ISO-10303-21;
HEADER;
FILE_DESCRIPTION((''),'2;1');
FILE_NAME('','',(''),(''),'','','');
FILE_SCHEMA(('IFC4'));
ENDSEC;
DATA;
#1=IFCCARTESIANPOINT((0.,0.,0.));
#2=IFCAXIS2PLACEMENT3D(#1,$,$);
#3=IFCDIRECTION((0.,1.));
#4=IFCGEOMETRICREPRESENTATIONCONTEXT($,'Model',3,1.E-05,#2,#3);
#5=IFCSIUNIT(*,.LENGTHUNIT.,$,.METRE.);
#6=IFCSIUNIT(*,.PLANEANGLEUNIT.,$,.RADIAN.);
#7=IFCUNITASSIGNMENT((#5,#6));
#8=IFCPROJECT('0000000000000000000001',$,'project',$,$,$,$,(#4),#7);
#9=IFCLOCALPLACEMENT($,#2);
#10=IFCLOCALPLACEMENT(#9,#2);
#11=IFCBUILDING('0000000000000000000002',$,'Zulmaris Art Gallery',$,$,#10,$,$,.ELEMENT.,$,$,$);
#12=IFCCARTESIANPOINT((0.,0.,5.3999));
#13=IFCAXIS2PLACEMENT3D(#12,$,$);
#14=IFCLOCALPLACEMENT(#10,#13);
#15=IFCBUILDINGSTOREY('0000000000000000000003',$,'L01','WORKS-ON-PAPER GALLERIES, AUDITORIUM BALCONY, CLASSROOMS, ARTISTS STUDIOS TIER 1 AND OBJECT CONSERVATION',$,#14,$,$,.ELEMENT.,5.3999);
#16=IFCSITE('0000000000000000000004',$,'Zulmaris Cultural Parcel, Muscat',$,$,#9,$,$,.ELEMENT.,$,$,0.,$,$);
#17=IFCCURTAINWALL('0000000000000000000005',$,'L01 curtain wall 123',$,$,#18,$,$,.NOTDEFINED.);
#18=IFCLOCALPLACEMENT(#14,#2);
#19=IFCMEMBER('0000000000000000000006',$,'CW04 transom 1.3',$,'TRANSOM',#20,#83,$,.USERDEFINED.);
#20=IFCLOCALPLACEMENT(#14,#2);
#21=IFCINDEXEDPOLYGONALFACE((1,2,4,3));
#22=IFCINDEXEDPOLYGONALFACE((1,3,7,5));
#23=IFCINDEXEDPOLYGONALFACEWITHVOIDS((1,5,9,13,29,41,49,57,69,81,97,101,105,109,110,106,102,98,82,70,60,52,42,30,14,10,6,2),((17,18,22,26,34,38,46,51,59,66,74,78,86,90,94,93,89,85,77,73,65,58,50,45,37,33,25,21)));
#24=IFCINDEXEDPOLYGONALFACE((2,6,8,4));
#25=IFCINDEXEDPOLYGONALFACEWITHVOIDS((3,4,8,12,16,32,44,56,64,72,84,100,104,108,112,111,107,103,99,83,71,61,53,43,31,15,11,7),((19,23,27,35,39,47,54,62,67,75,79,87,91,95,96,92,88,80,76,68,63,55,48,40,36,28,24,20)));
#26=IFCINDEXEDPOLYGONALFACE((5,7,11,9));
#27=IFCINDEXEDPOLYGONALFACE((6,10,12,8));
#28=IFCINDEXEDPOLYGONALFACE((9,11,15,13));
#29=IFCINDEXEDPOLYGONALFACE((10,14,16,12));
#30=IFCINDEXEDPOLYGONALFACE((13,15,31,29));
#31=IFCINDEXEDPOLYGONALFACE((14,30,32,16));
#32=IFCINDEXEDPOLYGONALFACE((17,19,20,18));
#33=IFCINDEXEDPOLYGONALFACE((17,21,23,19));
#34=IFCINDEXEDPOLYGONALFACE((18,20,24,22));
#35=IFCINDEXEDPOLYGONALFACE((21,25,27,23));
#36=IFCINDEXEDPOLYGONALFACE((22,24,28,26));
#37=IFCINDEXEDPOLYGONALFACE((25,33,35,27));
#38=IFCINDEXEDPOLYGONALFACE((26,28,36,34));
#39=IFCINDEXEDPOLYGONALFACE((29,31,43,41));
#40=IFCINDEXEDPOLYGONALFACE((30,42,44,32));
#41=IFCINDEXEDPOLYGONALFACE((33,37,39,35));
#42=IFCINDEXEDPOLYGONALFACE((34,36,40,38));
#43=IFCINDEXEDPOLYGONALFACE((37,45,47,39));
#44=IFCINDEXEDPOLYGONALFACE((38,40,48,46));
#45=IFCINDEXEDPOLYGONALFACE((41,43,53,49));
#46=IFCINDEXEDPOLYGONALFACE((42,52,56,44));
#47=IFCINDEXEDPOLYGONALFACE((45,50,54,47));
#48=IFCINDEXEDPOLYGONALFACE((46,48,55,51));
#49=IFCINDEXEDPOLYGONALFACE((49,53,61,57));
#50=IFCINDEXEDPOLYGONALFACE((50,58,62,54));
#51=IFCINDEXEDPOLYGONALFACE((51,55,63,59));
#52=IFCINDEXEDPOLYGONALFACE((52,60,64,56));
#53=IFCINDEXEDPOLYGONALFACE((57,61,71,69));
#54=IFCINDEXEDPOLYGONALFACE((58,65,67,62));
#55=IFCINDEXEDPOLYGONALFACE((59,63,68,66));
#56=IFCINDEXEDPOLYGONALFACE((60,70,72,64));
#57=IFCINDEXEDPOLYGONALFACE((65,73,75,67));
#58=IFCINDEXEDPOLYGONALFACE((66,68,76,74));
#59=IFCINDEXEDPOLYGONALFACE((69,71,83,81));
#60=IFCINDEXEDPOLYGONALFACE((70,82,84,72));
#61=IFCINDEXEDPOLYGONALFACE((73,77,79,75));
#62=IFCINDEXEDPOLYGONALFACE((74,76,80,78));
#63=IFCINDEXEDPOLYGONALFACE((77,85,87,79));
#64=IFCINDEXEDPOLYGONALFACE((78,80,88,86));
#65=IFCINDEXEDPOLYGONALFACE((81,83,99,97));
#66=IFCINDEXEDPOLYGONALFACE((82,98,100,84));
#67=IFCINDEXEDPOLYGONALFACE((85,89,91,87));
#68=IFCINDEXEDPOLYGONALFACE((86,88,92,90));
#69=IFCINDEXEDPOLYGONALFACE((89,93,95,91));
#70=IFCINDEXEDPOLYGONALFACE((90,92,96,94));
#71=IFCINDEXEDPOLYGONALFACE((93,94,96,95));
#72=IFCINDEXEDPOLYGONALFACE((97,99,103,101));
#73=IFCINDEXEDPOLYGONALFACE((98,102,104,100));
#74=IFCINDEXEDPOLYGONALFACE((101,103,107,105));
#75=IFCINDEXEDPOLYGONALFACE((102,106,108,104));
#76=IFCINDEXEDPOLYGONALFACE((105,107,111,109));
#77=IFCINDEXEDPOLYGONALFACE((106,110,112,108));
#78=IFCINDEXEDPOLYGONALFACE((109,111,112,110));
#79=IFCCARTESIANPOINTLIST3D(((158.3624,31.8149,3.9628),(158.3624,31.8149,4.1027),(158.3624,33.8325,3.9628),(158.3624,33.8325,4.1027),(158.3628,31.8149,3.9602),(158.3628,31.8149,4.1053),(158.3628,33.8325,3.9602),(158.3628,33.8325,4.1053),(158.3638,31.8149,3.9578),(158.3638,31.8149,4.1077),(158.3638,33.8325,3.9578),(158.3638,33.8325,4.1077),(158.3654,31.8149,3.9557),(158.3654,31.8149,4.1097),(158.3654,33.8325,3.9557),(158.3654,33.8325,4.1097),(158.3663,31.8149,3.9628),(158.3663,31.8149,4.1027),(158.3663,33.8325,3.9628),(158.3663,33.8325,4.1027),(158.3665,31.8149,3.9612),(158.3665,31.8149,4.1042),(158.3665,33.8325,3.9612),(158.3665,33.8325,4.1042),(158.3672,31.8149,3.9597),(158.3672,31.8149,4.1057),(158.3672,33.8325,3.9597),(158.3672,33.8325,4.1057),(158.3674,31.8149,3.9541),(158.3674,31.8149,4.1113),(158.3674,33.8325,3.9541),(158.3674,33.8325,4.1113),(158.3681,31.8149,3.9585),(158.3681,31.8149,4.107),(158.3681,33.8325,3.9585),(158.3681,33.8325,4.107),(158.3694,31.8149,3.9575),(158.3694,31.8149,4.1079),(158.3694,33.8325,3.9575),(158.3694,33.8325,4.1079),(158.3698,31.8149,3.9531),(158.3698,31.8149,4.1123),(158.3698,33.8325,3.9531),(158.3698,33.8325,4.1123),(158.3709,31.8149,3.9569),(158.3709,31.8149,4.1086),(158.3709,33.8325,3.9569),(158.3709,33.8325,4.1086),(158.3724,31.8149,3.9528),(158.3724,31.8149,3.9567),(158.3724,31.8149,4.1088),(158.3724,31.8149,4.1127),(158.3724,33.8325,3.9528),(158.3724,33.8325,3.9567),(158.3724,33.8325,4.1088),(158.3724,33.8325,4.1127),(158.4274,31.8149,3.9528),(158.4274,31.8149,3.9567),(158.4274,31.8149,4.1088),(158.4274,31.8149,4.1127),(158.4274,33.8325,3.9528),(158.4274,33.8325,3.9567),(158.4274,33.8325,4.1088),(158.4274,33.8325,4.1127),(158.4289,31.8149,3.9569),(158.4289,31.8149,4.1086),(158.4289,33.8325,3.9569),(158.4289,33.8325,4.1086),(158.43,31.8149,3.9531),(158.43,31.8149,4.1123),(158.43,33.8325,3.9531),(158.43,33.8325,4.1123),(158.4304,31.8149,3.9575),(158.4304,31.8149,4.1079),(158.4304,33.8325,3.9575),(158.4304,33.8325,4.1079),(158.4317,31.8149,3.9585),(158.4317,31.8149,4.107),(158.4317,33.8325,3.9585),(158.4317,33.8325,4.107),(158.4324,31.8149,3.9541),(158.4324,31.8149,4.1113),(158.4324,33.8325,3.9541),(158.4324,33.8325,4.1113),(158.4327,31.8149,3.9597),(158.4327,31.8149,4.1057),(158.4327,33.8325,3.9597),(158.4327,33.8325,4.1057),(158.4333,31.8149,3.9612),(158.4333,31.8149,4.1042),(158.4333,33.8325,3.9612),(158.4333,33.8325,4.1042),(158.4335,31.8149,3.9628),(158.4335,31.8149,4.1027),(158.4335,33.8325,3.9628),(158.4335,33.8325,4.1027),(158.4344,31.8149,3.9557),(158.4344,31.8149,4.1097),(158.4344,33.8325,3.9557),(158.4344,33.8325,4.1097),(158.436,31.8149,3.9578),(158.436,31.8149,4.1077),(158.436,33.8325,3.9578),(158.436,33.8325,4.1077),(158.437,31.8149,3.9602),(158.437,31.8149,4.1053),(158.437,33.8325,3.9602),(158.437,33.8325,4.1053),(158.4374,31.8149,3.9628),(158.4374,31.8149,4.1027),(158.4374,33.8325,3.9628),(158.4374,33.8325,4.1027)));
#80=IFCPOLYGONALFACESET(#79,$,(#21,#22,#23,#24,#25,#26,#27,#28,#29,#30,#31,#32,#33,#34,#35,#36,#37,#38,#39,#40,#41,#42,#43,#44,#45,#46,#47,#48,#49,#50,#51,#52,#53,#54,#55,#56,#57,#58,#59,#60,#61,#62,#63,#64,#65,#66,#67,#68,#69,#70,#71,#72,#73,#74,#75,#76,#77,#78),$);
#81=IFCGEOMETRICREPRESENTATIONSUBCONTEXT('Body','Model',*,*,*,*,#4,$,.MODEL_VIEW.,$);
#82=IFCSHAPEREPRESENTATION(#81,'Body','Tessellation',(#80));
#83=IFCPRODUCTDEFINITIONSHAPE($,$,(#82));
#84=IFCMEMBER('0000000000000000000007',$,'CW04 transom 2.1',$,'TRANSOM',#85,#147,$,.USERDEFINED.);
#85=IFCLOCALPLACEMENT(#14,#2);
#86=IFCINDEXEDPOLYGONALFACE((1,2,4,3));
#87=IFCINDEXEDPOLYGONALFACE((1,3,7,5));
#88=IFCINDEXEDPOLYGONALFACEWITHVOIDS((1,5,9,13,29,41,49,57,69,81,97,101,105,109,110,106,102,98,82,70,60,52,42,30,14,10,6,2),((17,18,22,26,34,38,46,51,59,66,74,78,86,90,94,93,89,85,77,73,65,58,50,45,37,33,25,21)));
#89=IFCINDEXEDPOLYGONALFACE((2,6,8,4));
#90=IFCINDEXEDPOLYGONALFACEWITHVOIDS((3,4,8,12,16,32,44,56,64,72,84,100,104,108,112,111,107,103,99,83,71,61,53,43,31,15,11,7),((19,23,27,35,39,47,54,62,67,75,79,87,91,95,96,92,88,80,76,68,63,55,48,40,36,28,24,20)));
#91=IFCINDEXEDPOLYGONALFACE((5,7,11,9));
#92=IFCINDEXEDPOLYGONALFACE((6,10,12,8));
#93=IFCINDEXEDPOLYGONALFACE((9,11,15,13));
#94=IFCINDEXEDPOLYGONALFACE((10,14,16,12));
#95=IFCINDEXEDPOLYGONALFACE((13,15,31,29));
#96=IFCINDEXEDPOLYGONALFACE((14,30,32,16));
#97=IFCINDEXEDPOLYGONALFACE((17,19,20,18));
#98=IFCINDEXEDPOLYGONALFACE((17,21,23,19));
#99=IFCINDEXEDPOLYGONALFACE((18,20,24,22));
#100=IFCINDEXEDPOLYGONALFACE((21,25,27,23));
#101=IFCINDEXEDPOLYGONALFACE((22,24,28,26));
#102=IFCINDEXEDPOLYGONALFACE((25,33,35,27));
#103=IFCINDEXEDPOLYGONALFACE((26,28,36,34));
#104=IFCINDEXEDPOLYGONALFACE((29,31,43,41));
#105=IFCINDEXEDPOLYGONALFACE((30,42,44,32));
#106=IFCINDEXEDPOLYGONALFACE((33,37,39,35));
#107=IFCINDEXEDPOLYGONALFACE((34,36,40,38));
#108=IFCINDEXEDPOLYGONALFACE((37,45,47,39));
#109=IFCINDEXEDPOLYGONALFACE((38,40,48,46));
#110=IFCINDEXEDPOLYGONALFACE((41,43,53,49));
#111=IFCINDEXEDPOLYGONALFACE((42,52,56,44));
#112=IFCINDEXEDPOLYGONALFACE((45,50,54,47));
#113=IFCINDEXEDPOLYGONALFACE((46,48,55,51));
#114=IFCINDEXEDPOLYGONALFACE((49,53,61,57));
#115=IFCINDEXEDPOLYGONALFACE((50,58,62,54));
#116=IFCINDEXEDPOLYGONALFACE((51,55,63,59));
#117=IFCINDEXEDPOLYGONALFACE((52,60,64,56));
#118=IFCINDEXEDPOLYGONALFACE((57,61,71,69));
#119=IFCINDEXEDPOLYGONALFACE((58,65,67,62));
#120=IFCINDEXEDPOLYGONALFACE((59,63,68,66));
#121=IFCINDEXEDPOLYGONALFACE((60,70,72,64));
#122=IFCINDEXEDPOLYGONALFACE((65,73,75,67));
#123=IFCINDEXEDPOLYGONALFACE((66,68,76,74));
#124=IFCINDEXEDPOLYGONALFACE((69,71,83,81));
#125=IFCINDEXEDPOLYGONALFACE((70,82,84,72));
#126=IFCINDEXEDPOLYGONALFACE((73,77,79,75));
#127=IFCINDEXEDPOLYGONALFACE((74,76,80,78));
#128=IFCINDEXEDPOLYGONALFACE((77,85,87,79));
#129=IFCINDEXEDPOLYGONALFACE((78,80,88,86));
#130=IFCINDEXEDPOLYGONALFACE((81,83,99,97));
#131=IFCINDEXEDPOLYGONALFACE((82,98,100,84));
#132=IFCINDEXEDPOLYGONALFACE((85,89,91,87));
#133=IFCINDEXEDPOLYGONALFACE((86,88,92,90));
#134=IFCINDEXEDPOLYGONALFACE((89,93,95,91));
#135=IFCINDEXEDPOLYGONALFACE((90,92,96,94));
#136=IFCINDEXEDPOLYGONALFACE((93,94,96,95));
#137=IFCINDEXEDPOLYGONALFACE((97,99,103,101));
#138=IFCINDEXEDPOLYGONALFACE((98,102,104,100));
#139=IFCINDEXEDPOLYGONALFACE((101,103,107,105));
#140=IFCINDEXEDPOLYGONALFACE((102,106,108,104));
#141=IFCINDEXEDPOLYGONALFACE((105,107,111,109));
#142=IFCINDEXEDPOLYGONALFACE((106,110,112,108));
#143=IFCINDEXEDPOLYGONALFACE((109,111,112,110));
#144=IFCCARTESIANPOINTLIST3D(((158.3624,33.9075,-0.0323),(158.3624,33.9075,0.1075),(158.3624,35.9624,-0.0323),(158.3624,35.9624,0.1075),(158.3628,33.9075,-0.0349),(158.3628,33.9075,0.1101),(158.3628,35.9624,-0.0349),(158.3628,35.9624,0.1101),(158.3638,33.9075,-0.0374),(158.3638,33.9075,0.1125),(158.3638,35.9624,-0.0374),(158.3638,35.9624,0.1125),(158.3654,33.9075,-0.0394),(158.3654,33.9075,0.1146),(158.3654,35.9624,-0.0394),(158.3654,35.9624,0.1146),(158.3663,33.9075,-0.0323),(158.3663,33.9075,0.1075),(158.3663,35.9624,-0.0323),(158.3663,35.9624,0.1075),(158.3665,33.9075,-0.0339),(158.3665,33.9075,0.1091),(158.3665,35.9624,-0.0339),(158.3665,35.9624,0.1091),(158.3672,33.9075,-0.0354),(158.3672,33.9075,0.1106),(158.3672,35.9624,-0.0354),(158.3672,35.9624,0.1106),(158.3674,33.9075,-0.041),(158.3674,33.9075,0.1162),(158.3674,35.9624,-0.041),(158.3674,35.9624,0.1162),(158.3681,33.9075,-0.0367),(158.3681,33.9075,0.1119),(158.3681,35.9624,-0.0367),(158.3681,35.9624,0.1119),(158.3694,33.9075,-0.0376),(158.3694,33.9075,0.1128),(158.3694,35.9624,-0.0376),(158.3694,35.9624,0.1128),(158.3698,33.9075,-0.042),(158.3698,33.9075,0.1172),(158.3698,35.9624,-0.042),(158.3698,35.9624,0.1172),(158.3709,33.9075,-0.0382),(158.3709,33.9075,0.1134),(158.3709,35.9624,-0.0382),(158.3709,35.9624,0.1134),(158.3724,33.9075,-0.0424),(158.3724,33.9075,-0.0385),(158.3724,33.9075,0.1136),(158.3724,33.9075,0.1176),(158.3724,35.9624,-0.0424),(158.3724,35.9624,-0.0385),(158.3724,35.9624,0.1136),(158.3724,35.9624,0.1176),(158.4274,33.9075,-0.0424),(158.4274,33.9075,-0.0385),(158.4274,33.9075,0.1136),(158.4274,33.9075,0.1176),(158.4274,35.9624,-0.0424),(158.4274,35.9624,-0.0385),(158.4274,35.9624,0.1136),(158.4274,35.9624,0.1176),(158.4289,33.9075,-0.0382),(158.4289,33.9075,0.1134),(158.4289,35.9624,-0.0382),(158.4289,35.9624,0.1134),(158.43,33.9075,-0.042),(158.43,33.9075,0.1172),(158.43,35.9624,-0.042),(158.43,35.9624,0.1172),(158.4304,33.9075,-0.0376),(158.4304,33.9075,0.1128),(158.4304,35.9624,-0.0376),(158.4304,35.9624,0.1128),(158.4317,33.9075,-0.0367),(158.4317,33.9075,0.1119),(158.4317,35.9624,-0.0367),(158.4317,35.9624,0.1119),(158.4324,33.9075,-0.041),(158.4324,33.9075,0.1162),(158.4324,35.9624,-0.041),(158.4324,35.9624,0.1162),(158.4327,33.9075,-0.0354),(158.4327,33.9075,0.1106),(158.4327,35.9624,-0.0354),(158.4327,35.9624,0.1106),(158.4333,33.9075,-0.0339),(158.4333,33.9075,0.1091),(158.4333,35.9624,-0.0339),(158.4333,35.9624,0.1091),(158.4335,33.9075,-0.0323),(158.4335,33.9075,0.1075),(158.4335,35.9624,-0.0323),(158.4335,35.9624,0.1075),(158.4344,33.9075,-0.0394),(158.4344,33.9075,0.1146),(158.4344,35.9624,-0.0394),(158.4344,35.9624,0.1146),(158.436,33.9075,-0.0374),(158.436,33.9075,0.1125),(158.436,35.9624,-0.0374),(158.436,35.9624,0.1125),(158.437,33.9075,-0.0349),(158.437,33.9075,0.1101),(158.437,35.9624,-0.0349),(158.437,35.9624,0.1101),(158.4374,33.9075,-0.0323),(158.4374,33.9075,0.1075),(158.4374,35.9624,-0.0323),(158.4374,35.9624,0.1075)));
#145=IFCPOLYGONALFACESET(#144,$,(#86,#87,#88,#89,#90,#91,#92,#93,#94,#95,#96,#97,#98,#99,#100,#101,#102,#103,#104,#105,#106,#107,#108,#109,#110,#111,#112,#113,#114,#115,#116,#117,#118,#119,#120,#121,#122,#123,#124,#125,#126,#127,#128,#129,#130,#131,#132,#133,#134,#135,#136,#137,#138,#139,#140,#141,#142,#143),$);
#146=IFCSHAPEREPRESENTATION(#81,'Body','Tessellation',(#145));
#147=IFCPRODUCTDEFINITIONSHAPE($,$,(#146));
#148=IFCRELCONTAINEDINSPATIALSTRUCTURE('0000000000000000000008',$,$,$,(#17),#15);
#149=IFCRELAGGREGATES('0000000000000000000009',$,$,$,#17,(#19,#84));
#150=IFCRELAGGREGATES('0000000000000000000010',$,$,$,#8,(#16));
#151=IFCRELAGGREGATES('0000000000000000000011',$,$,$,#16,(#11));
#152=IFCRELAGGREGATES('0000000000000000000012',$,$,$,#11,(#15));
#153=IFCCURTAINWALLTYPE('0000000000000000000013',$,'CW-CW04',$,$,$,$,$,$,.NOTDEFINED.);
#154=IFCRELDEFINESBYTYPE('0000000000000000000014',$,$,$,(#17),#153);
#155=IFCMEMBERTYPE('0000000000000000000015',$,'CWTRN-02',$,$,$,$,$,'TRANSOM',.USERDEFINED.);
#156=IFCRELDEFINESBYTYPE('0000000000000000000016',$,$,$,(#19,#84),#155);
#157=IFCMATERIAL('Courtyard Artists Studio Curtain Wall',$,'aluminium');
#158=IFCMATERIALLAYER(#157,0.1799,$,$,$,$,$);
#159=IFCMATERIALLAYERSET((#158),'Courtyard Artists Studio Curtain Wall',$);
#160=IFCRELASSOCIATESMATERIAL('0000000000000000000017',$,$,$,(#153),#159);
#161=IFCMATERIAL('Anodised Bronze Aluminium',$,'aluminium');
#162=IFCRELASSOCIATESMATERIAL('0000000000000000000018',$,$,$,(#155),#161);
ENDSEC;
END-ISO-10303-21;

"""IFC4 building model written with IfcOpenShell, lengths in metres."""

from ifc_helpers import new_model, si_unit, direction, frame, origin, origin_2d, place, context, subcontext, project, spatial, hollow_rectangle, extrude, material, layer, layer_set, material_profile, profile_set, type_object, element, aggregate, save


model = new_model("IFC4")

# Units and contexts
model_context = context("Model", 3, precision=1e-05, world=origin(), true_north=direction((0.0, 1.0)))
body_context = subcontext(model_context, "Body", "Model", "MODEL_VIEW")
ifc_project = project(units=[si_unit("LENGTHUNIT", "METRE"), si_unit("PLANEANGLEUNIT", "RADIAN")], contexts=[model_context])

# Site, building, storey
site_placement = place(None, origin())
site = spatial("IfcSite", under=ifc_project, at=site_placement, Name="Zulmaris Cultural Parcel, Muscat", CompositionType="ELEMENT", RefElevation=0.0)
building_placement = place(site_placement, origin())
building = spatial("IfcBuilding", under=site, at=building_placement, Name="Zulmaris Art Gallery", CompositionType="ELEMENT")
storey_placement = place(building_placement, frame((0.0, 0.0, 5.3999)))
storey = spatial("IfcBuildingStorey", under=building, at=storey_placement, Name="L01", Description="WORKS-ON-PAPER GALLERIES, AUDITORIUM BALCONY, CLASSROOMS, ARTISTS STUDIOS TIER 1 AND OBJECT CONSERVATION", CompositionType="ELEMENT", Elevation=5.3999)

# Curtain wall, members
ifc_material_1 = material(Name="Courtyard Artists Studio Curtain Wall", Category="aluminium")
ifc_layer_1 = layer(ifc_material_1, 0.1799)
ifc_layer_set_1 = layer_set([ifc_layer_1], Name="Courtyard Artists Studio Curtain Wall")
curtain_wall_type = type_object("IfcCurtainWallType", Name="CW-CW04", PredefinedType="NOTDEFINED", material=ifc_layer_set_1)
curtain_wall_placement = place(storey_placement, origin())
curtain_wall = element("IfcCurtainWall", 1, at=curtain_wall_placement, inside=storey, type_object=curtain_wall_type, Name="L01 curtain wall 123", PredefinedType="NOTDEFINED")
ifc_material_2 = material(Name="Anodised Bronze Aluminium", Category="aluminium")
ifc_material_profile_1 = material_profile(ifc_material_2, hollow_rectangle(XDim=0.075, YDim=0.1599, WallThickness=0.0039, InnerFilletRadius=0.0061, OuterFilletRadius=0.01, at=origin_2d()), Name="ALU 75x160x4")
ifc_profile_set_1 = profile_set([ifc_material_profile_1], Name="Anodised Bronze Aluminium")
member_type_1 = type_object("IfcMemberType", Name="CWTRN-02", ElementType="TRANSOM", PredefinedType="USERDEFINED", material=ifc_profile_set_1)
member_1_placement = place(storey_placement, frame((158.3999, 31.8149, 4.0327), z_axis=(0.0, 1.0, 0.0), x_axis=(-1.0, 0.0, 0.0)))
member_1 = element("IfcMember", 2, at=member_1_placement, type_object=member_type_1, Name="CW04 transom 1.3", ObjectType="TRANSOM", PredefinedType="USERDEFINED", context=body_context, shape_type="SweptSolid", body=[
    extrude(hollow_rectangle(XDim=0.075, YDim=0.1599, WallThickness=0.0039, InnerFilletRadius=0.0061, OuterFilletRadius=0.01, at=origin_2d()), origin(), (0.0, 0.0, 1.0), 2.0176),
])
member_2_placement = place(storey_placement, frame((158.3999, 33.9075, 0.0376), z_axis=(0.0, 1.0, 0.0), x_axis=(-1.0, 0.0, 0.0)))
member_2 = element("IfcMember", 3, at=member_2_placement, type_object=member_type_1, Name="CW04 transom 2.1", ObjectType="TRANSOM", PredefinedType="USERDEFINED", context=body_context, shape_type="SweptSolid", body=[
    extrude(hollow_rectangle(XDim=0.075, YDim=0.1599, WallThickness=0.0039, InnerFilletRadius=0.0061, OuterFilletRadius=0.01, at=origin_2d()), origin(), (0.0, 0.0, 1.0), 2.0549),
])
aggregate(curtain_wall, [member_1, member_2])

save(model, "model.ifc")
